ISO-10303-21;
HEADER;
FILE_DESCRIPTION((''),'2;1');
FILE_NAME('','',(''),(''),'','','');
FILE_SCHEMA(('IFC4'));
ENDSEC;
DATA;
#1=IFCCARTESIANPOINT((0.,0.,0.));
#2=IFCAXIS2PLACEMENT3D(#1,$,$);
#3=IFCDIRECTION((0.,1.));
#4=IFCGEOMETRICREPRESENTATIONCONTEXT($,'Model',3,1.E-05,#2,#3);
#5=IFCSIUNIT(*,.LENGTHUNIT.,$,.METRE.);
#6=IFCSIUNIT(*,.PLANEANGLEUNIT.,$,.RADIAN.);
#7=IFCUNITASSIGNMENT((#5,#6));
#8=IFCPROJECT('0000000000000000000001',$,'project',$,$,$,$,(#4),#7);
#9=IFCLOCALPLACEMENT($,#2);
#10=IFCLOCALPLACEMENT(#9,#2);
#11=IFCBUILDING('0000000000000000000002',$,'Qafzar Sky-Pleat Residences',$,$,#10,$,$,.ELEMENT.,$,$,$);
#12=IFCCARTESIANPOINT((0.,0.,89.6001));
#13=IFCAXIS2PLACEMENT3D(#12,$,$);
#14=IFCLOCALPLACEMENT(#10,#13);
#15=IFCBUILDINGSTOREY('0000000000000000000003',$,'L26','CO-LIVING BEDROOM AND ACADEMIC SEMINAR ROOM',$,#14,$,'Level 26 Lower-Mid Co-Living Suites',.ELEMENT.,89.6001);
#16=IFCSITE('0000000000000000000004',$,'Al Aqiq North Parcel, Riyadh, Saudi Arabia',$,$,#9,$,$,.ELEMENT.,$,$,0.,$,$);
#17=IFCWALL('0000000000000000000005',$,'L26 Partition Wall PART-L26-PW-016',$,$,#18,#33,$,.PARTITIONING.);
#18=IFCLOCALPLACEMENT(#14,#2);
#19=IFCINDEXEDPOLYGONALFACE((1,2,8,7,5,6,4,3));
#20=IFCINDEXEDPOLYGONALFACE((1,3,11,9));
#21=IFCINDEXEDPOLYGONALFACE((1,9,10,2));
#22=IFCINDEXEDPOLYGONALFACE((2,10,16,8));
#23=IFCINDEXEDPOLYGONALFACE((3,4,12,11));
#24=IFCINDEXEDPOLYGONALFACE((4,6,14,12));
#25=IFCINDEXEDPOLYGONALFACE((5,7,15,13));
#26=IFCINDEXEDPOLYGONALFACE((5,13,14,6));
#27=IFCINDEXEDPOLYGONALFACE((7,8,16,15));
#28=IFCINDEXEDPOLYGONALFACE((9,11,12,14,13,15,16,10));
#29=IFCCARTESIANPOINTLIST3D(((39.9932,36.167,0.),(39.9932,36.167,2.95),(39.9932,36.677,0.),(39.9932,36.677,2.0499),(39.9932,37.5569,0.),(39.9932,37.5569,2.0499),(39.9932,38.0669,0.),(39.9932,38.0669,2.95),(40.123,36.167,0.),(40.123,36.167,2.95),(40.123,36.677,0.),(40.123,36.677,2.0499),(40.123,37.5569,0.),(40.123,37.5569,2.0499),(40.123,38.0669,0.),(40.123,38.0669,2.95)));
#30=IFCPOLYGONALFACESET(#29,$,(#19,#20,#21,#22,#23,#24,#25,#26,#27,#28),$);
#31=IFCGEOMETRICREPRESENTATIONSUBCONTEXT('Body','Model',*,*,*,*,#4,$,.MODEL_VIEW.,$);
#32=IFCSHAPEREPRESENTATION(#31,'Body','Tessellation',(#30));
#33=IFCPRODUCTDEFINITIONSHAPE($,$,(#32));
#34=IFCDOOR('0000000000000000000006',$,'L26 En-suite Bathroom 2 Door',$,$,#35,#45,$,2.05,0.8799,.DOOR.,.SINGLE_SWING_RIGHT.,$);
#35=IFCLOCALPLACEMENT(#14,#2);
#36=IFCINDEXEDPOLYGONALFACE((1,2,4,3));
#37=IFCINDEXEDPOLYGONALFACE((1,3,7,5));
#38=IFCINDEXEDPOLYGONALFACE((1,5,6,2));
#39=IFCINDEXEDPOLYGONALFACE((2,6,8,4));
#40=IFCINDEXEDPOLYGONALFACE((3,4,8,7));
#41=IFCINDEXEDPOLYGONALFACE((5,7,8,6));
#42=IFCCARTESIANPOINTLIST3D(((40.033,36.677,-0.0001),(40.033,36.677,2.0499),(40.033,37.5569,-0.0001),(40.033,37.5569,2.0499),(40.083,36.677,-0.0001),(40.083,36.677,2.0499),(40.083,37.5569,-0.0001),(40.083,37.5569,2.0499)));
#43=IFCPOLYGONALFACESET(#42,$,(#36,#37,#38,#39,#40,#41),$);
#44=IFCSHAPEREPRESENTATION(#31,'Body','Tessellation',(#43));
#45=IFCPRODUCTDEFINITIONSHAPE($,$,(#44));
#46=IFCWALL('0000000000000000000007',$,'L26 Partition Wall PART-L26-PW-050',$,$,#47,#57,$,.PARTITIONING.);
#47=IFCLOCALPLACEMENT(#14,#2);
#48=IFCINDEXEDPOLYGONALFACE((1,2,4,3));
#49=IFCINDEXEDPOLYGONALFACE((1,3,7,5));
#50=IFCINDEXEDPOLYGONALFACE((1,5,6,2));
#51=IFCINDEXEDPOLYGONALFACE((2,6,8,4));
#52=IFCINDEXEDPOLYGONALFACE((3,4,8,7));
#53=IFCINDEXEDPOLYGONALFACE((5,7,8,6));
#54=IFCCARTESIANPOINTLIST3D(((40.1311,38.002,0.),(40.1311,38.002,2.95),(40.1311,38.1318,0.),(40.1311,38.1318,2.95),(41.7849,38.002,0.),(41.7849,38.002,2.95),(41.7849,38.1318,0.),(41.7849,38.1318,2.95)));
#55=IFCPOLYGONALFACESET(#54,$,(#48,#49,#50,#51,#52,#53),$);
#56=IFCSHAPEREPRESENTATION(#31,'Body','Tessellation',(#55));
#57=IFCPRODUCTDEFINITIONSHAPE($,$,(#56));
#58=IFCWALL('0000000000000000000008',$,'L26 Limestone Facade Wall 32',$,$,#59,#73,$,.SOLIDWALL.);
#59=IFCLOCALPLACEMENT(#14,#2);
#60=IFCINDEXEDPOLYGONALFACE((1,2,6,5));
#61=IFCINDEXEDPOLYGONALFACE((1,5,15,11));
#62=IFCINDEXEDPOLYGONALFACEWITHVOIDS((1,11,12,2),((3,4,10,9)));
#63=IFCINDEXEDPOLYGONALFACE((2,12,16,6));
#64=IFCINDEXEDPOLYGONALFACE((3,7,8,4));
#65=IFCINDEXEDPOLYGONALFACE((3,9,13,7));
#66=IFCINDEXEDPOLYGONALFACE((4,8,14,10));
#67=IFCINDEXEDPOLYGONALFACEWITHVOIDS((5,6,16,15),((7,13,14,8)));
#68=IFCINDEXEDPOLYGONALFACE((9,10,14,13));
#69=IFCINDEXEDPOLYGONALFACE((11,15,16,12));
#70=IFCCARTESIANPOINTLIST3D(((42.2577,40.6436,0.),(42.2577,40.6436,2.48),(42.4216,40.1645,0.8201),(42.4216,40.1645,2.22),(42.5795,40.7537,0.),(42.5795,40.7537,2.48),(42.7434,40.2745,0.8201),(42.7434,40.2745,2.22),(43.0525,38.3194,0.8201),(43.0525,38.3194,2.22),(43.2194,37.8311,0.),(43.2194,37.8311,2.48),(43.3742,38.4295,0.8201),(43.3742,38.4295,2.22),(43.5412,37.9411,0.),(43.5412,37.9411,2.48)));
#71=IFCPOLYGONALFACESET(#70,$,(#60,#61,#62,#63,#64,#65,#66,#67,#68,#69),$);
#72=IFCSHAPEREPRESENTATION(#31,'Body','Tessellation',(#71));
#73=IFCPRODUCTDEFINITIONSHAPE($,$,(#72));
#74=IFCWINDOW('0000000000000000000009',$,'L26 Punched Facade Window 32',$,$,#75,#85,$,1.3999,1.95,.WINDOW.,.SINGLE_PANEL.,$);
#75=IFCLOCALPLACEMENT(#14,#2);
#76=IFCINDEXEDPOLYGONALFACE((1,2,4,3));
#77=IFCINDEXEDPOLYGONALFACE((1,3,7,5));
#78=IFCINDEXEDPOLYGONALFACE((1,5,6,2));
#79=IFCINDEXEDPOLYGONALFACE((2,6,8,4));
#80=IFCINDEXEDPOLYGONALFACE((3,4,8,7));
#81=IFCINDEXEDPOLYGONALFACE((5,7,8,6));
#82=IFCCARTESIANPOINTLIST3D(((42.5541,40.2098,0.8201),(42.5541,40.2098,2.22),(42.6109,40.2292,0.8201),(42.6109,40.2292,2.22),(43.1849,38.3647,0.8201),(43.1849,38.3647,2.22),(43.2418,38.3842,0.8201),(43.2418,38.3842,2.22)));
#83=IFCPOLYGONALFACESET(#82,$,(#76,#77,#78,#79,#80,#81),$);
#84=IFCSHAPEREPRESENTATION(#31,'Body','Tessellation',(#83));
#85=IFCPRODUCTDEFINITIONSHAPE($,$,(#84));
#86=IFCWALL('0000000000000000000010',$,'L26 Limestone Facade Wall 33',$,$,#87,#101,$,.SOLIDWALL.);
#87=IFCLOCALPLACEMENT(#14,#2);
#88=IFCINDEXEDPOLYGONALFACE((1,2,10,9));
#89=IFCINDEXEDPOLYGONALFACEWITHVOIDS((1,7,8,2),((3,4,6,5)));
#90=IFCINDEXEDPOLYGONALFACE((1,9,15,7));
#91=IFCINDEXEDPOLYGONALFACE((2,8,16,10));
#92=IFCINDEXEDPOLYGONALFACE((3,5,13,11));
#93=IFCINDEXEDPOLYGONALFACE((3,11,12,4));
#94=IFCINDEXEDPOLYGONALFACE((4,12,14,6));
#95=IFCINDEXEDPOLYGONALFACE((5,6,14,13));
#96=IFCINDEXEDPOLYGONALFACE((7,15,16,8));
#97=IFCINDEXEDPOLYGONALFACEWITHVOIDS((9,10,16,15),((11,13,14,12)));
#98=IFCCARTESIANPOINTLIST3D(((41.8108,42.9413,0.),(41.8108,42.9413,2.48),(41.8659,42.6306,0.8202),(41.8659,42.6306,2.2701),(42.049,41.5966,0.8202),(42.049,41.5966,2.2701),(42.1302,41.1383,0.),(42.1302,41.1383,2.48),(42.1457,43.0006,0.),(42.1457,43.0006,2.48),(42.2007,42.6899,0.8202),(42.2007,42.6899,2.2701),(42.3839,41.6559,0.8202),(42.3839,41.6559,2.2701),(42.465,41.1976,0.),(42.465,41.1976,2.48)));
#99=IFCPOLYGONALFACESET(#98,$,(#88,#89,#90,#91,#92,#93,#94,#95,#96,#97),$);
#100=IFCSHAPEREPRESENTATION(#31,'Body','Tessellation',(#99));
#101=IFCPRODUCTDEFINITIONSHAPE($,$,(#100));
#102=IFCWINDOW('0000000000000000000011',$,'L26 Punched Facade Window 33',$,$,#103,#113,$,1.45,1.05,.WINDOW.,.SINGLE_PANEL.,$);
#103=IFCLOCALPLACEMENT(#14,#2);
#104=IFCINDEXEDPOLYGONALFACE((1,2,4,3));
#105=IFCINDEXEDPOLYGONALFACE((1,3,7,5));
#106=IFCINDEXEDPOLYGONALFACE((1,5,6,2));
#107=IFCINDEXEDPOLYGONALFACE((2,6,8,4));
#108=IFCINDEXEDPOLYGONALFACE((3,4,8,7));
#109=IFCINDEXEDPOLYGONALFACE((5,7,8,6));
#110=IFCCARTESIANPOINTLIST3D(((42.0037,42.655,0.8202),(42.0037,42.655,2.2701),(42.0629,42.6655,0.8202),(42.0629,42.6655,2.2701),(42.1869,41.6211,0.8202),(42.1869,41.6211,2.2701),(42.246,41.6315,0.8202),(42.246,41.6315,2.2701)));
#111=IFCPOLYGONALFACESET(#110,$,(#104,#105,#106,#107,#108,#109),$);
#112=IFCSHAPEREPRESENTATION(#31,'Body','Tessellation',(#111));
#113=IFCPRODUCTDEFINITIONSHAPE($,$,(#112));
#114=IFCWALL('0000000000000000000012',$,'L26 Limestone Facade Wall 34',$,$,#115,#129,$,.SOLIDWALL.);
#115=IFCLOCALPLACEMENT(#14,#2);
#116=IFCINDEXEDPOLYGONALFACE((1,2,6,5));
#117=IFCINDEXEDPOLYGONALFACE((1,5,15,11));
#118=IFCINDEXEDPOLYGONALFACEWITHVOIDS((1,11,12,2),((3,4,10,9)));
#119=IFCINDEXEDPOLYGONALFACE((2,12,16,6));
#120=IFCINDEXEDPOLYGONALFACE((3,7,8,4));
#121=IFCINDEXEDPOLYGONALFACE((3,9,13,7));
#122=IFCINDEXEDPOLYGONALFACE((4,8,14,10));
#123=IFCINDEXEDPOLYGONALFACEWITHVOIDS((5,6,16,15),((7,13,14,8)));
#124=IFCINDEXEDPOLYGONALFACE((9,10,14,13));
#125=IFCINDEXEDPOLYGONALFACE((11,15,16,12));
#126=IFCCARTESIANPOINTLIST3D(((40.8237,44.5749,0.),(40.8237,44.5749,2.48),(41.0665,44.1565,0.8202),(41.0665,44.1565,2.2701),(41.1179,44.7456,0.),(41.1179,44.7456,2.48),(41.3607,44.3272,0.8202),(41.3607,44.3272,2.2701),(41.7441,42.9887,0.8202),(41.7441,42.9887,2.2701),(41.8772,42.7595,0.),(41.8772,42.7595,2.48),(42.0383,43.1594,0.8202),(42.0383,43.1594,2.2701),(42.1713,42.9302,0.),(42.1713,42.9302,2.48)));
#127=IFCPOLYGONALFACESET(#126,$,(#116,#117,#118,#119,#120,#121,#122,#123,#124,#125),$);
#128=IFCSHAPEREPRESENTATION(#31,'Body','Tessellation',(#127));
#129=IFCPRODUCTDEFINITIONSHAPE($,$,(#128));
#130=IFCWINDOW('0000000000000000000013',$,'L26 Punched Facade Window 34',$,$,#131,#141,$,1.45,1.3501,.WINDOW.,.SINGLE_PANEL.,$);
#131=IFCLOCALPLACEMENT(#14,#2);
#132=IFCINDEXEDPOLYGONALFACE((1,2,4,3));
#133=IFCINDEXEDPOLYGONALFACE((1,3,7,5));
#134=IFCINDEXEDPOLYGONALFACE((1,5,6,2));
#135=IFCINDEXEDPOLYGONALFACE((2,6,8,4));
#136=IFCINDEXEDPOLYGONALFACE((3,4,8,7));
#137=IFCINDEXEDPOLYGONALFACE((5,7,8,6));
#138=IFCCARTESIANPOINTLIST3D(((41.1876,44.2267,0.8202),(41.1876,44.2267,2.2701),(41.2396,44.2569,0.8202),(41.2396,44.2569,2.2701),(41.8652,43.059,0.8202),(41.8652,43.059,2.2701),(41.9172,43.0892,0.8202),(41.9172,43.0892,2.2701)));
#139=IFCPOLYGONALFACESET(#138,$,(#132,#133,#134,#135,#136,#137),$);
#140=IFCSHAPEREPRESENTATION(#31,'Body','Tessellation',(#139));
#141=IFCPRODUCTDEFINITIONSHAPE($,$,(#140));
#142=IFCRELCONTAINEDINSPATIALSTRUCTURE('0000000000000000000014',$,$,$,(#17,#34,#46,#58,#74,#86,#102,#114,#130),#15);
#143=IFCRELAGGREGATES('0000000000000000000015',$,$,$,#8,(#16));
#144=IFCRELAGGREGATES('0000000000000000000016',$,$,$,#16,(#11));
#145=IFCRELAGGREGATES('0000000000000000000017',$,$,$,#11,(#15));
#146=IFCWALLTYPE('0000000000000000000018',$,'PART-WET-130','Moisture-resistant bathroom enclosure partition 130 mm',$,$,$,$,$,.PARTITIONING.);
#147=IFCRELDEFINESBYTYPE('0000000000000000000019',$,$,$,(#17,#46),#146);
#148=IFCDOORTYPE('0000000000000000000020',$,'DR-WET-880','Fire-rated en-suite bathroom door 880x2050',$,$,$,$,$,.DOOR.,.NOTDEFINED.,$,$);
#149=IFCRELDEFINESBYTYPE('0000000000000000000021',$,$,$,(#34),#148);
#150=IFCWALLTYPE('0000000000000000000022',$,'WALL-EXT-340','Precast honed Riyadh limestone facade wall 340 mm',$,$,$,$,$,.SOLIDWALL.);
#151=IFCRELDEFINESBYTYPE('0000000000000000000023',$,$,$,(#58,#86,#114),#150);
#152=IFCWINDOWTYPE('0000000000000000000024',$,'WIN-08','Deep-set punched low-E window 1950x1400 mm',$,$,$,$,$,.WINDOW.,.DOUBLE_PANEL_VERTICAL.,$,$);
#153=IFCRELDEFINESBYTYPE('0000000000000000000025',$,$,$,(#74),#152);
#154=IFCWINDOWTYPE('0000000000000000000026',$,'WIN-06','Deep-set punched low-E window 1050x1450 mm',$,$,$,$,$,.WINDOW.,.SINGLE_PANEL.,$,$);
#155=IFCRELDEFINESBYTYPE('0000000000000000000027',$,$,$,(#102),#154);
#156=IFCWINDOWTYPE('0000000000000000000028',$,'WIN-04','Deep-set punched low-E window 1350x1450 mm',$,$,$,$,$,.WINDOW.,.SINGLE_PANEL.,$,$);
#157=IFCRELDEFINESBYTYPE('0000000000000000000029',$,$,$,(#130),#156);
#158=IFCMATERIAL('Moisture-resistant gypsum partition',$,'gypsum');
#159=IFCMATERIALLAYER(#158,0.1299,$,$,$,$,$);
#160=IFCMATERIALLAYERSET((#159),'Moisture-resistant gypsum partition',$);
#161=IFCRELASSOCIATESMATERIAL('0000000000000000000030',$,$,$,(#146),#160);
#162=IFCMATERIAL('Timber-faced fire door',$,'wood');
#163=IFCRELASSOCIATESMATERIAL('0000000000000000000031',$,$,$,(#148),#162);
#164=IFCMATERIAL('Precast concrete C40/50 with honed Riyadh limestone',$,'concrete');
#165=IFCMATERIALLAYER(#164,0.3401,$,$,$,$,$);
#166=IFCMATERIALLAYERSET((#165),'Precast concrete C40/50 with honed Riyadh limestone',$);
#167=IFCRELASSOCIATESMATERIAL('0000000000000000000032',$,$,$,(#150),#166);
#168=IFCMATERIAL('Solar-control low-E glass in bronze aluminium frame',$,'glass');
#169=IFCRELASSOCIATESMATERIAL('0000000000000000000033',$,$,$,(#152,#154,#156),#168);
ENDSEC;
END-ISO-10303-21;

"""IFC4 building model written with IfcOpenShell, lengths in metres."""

from ifc_helpers import new_model, si_unit, direction, frame, frame_2d, origin, place, context, subcontext, project, spatial, rectangle, extrude, source, transform, mapped, material, layer, layer_set, type_object, element, fill, save


model = new_model("IFC4")

# Units and contexts
model_context = context("Model", 3, precision=1e-05, world=origin(), true_north=direction((0.0, 1.0)))
body_context = subcontext(model_context, "Body", "Model", "MODEL_VIEW")
ifc_project = project(units=[si_unit("LENGTHUNIT", "METRE"), si_unit("PLANEANGLEUNIT", "RADIAN")], contexts=[model_context])

# Site, building, storey
site_placement = place(None, origin())
site = spatial("IfcSite", under=ifc_project, at=site_placement, Name="Al Aqiq North Parcel, Riyadh, Saudi Arabia", CompositionType="ELEMENT", RefElevation=0.0)
building_placement = place(site_placement, origin())
building = spatial("IfcBuilding", under=site, at=building_placement, Name="Qafzar Sky-Pleat Residences", CompositionType="ELEMENT")
storey_placement = place(building_placement, frame((0.0, 0.0, 89.6001)))
storey = spatial("IfcBuildingStorey", under=building, at=storey_placement, Name="L26", Description="CO-LIVING BEDROOM AND ACADEMIC SEMINAR ROOM", LongName="Level 26 Lower-Mid Co-Living Suites", CompositionType="ELEMENT", Elevation=89.6001)

# Wall, opening, door
ifc_material_1 = material(Name="Moisture-resistant gypsum partition", Category="gypsum")
ifc_layer_1 = layer(ifc_material_1, 0.1299)
ifc_layer_set_1 = layer_set([ifc_layer_1], Name="Moisture-resistant gypsum partition")
wall_type_1 = type_object("IfcWallType", Name="PART-WET-130", Description="Moisture-resistant bathroom enclosure partition 130 mm", PredefinedType="PARTITIONING", material=ifc_layer_set_1)
wall_1_placement = place(storey_placement, frame((40.0581, 38.0669, 0.0), z_axis=(0.0, 0.0, 1.0), x_axis=(0.0, -1.0, 0.0)))
wall_1 = element("IfcWall", 1, at=wall_1_placement, inside=storey, type_object=wall_type_1, Name="L26 Partition Wall PART-L26-PW-016", PredefinedType="PARTITIONING", context=body_context, shape_type="SweptSolid", body=[
    extrude(rectangle(XDim=1.8999, YDim=0.1299, at=frame_2d((0.95, 0.0))), origin(), (0.0, 0.0, 1.0), 2.95),
])
opening_1_placement = place(wall_1_placement, frame((0.51, 0.0, 0.0)))
opening_1 = element("IfcOpeningElement", 2, at=opening_1_placement, cuts=wall_1, PredefinedType="OPENING", context=body_context, shape_type="SweptSolid", body=[
    extrude(rectangle(XDim=0.8799, YDim=2.05, at=frame_2d((0.4399, 1.0249))), frame((0.0, 0.075, 0.0), z_axis=(0.0, -1.0, 0.0), x_axis=(1.0, 0.0, 0.0)), (0.0, 0.0, 1.0), 0.1499),
])
ifc_material_2 = material(Name="Timber-faced fire door", Category="wood")
door_type = type_object("IfcDoorType", Name="DR-WET-880", Description="Fire-rated en-suite bathroom door 880x2050", OperationType="NOTDEFINED", PredefinedType="DOOR", material=ifc_material_2)
shared_shape_1 = source(origin(), body_context, "Body", "SweptSolid", [
    extrude(rectangle(XDim=0.8799, YDim=2.05, at=frame_2d((0.4399, 1.0249))), frame((0.0, 0.0249, 0.0), z_axis=(0.0, -1.0, 0.0), x_axis=(1.0, 0.0, 0.0)), (0.0, 0.0, 1.0), 0.05),
])
door_placement = place(opening_1_placement, origin())
door = element("IfcDoor", 3, at=door_placement, inside=storey, type_object=door_type, Name="L26 En-suite Bathroom 2 Door", OperationType="SINGLE_SWING_RIGHT", OverallHeight=2.05, OverallWidth=0.8799, PredefinedType="DOOR", context=body_context, shape_type="MappedRepresentation", body=[
    mapped(shared_shape_1, transform((0.0, 0.0, 0.0), x_axis=(1.0, 0.0, 0.0), y_axis=(0.0, 1.0, 0.0), z_axis=(0.0, 0.0, 1.0), scale=1.0)),
])
fill(opening_1, door)

# Wall
wall_2_placement = place(storey_placement, frame((40.1311, 38.0669, 0.0), z_axis=(0.0, 0.0, 1.0), x_axis=(1.0, 0.0, 0.0)))
element("IfcWall", 4, at=wall_2_placement, inside=storey, type_object=wall_type_1, Name="L26 Partition Wall PART-L26-PW-050", PredefinedType="PARTITIONING", context=body_context, shape_type="SweptSolid", body=[
    extrude(rectangle(XDim=1.6538, YDim=0.1299, at=frame_2d((0.8269, 0.0))), origin(), (0.0, 0.0, 1.0), 2.95),
])

# Walls, openings, windows
ifc_material_3 = material(Name="Precast concrete C40/50 with honed Riyadh limestone", Category="concrete")
ifc_layer_2 = layer(ifc_material_3, 0.3401)
ifc_layer_set_2 = layer_set([ifc_layer_2], Name="Precast concrete C40/50 with honed Riyadh limestone")
wall_type_2 = type_object("IfcWallType", Name="WALL-EXT-340", Description="Precast honed Riyadh limestone facade wall 340 mm", PredefinedType="SOLIDWALL", material=ifc_layer_set_2)
wall_3_placement = place(storey_placement, frame((43.3804, 37.886, 0.0), z_axis=(0.0, 0.0, 1.0), x_axis=(-0.323537, 0.946216, 0.0)))
wall_3 = element("IfcWall", 5, at=wall_3_placement, inside=storey, type_object=wall_type_2, Name="L26 Limestone Facade Wall 32", PredefinedType="SOLIDWALL", context=body_context, shape_type="SweptSolid", body=[
    extrude(rectangle(XDim=2.9724, YDim=0.3401, at=frame_2d((1.4863, 0.0))), origin(), (0.0, 0.0, 1.0), 2.48),
])
opening_2_placement = place(wall_3_placement, frame((0.5161, 0.0, 0.8201)))
opening_2 = element("IfcOpeningElement", 6, at=opening_2_placement, cuts=wall_3, PredefinedType="OPENING", context=body_context, shape_type="SweptSolid", body=[
    extrude(rectangle(XDim=1.95, YDim=1.3999, at=frame_2d((0.9751, 0.7))), frame((0.0, 0.1802, 0.0), z_axis=(0.0, -1.0, 0.0), x_axis=(1.0, 0.0, 0.0)), (0.0, 0.0, 1.0), 0.3601),
])
ifc_material_4 = material(Name="Solar-control low-E glass in bronze aluminium frame", Category="glass")
window_type_1 = type_object("IfcWindowType", Name="WIN-08", Description="Deep-set punched low-E window 1950x1400 mm", PartitioningType="DOUBLE_PANEL_VERTICAL", PredefinedType="WINDOW", material=ifc_material_4)
shared_shape_2 = source(origin(), body_context, "Body", "SweptSolid", [
    extrude(rectangle(XDim=1.95, YDim=1.3999, at=frame_2d((0.9751, 0.7))), frame((0.0, 0.03, 0.0), z_axis=(0.0, -1.0, 0.0), x_axis=(1.0, 0.0, 0.0)), (0.0, 0.0, 1.0), 0.0601),
])
window_1_placement = place(opening_2_placement, origin())
window_1 = element("IfcWindow", 7, at=window_1_placement, inside=storey, type_object=window_type_1, Name="L26 Punched Facade Window 32", OverallHeight=1.3999, OverallWidth=1.95, PartitioningType="SINGLE_PANEL", PredefinedType="WINDOW", context=body_context, shape_type="MappedRepresentation", body=[
    mapped(shared_shape_2, transform((0.0, 0.0, 0.0), x_axis=(1.0, 0.0, 0.0), y_axis=(0.0, 1.0, 0.0), z_axis=(0.0, 0.0, 1.0), scale=1.0)),
])
fill(opening_2, window_1)
wall_4_placement = place(storey_placement, frame((42.2976, 41.168, 0.0), z_axis=(0.0, 0.0, 1.0), x_axis=(-0.174401, 0.984675, 0.0)))
wall_4 = element("IfcWall", 8, at=wall_4_placement, inside=storey, type_object=wall_type_2, Name="L26 Limestone Facade Wall 33", PredefinedType="SOLIDWALL", context=body_context, shape_type="SweptSolid", body=[
    extrude(rectangle(XDim=1.8311, YDim=0.3401, at=frame_2d((0.9155, 0.0))), origin(), (0.0, 0.0, 1.0), 2.48),
])
opening_3_placement = place(wall_4_placement, frame((0.4656, 0.0, 0.8201)))
opening_3 = element("IfcOpeningElement", 9, at=opening_3_placement, cuts=wall_4, PredefinedType="OPENING", context=body_context, shape_type="SweptSolid", body=[
    extrude(rectangle(XDim=1.05, YDim=1.45, at=frame_2d((0.5249, 0.7251))), frame((0.0, 0.1802, 0.0), z_axis=(0.0, -1.0, 0.0), x_axis=(1.0, 0.0, 0.0)), (0.0, 0.0, 1.0), 0.3601),
])
window_type_2 = type_object("IfcWindowType", Name="WIN-06", Description="Deep-set punched low-E window 1050x1450 mm", PartitioningType="SINGLE_PANEL", PredefinedType="WINDOW", material=ifc_material_4)
shared_shape_3 = source(origin(), body_context, "Body", "SweptSolid", [
    extrude(rectangle(XDim=1.05, YDim=1.45, at=frame_2d((0.5249, 0.7251))), frame((0.0, 0.03, 0.0), z_axis=(0.0, -1.0, 0.0), x_axis=(1.0, 0.0, 0.0)), (0.0, 0.0, 1.0), 0.0601),
])
window_2_placement = place(opening_3_placement, origin())
window_2 = element("IfcWindow", 10, at=window_2_placement, inside=storey, type_object=window_type_2, Name="L26 Punched Facade Window 33", OverallHeight=1.45, OverallWidth=1.05, PartitioningType="SINGLE_PANEL", PredefinedType="WINDOW", context=body_context, shape_type="MappedRepresentation", body=[
    mapped(shared_shape_3, transform((0.0, 0.0, 0.0), x_axis=(1.0, 0.0, 0.0), y_axis=(0.0, 1.0, 0.0), z_axis=(0.0, 0.0, 1.0), scale=1.0)),
])
fill(opening_3, window_2)
wall_5_placement = place(storey_placement, frame((42.0242, 42.845, 0.0), z_axis=(0.0, 0.0, 1.0), x_axis=(-0.501903, 0.864924, 0.0)))
wall_5 = element("IfcWall", 11, at=wall_5_placement, inside=storey, type_object=wall_type_2, Name="L26 Limestone Facade Wall 34", PredefinedType="SOLIDWALL", context=body_context, shape_type="SweptSolid", body=[
    extrude(rectangle(XDim=2.0989, YDim=0.3401, at=frame_2d((1.0493, 0.0))), origin(), (0.0, 0.0, 1.0), 2.48),
])
opening_4_placement = place(wall_5_placement, frame((0.2649, 0.0, 0.8201)))
opening_4 = element("IfcOpeningElement", 12, at=opening_4_placement, cuts=wall_5, PredefinedType="OPENING", context=body_context, shape_type="SweptSolid", body=[
    extrude(rectangle(XDim=1.3501, YDim=1.45, at=frame_2d((0.675, 0.7251))), frame((0.0, 0.1802, 0.0), z_axis=(0.0, -1.0, 0.0), x_axis=(1.0, 0.0, 0.0)), (0.0, 0.0, 1.0), 0.3601),
])
window_type_3 = type_object("IfcWindowType", Name="WIN-04", Description="Deep-set punched low-E window 1350x1450 mm", PartitioningType="SINGLE_PANEL", PredefinedType="WINDOW", material=ifc_material_4)
shared_shape_4 = source(origin(), body_context, "Body", "SweptSolid", [
    extrude(rectangle(XDim=1.3501, YDim=1.45, at=frame_2d((0.675, 0.7251))), frame((0.0, 0.03, 0.0), z_axis=(0.0, -1.0, 0.0), x_axis=(1.0, 0.0, 0.0)), (0.0, 0.0, 1.0), 0.0601),
])
window_3_placement = place(opening_4_placement, origin())
window_3 = element("IfcWindow", 13, at=window_3_placement, inside=storey, type_object=window_type_3, Name="L26 Punched Facade Window 34", OverallHeight=1.45, OverallWidth=1.3501, PartitioningType="SINGLE_PANEL", PredefinedType="WINDOW", context=body_context, shape_type="MappedRepresentation", body=[
    mapped(shared_shape_4, transform((0.0, 0.0, 0.0), x_axis=(1.0, 0.0, 0.0), y_axis=(0.0, 1.0, 0.0), z_axis=(0.0, 0.0, 1.0), scale=1.0)),
])
fill(opening_4, window_3)

save(model, "model.ifc")
